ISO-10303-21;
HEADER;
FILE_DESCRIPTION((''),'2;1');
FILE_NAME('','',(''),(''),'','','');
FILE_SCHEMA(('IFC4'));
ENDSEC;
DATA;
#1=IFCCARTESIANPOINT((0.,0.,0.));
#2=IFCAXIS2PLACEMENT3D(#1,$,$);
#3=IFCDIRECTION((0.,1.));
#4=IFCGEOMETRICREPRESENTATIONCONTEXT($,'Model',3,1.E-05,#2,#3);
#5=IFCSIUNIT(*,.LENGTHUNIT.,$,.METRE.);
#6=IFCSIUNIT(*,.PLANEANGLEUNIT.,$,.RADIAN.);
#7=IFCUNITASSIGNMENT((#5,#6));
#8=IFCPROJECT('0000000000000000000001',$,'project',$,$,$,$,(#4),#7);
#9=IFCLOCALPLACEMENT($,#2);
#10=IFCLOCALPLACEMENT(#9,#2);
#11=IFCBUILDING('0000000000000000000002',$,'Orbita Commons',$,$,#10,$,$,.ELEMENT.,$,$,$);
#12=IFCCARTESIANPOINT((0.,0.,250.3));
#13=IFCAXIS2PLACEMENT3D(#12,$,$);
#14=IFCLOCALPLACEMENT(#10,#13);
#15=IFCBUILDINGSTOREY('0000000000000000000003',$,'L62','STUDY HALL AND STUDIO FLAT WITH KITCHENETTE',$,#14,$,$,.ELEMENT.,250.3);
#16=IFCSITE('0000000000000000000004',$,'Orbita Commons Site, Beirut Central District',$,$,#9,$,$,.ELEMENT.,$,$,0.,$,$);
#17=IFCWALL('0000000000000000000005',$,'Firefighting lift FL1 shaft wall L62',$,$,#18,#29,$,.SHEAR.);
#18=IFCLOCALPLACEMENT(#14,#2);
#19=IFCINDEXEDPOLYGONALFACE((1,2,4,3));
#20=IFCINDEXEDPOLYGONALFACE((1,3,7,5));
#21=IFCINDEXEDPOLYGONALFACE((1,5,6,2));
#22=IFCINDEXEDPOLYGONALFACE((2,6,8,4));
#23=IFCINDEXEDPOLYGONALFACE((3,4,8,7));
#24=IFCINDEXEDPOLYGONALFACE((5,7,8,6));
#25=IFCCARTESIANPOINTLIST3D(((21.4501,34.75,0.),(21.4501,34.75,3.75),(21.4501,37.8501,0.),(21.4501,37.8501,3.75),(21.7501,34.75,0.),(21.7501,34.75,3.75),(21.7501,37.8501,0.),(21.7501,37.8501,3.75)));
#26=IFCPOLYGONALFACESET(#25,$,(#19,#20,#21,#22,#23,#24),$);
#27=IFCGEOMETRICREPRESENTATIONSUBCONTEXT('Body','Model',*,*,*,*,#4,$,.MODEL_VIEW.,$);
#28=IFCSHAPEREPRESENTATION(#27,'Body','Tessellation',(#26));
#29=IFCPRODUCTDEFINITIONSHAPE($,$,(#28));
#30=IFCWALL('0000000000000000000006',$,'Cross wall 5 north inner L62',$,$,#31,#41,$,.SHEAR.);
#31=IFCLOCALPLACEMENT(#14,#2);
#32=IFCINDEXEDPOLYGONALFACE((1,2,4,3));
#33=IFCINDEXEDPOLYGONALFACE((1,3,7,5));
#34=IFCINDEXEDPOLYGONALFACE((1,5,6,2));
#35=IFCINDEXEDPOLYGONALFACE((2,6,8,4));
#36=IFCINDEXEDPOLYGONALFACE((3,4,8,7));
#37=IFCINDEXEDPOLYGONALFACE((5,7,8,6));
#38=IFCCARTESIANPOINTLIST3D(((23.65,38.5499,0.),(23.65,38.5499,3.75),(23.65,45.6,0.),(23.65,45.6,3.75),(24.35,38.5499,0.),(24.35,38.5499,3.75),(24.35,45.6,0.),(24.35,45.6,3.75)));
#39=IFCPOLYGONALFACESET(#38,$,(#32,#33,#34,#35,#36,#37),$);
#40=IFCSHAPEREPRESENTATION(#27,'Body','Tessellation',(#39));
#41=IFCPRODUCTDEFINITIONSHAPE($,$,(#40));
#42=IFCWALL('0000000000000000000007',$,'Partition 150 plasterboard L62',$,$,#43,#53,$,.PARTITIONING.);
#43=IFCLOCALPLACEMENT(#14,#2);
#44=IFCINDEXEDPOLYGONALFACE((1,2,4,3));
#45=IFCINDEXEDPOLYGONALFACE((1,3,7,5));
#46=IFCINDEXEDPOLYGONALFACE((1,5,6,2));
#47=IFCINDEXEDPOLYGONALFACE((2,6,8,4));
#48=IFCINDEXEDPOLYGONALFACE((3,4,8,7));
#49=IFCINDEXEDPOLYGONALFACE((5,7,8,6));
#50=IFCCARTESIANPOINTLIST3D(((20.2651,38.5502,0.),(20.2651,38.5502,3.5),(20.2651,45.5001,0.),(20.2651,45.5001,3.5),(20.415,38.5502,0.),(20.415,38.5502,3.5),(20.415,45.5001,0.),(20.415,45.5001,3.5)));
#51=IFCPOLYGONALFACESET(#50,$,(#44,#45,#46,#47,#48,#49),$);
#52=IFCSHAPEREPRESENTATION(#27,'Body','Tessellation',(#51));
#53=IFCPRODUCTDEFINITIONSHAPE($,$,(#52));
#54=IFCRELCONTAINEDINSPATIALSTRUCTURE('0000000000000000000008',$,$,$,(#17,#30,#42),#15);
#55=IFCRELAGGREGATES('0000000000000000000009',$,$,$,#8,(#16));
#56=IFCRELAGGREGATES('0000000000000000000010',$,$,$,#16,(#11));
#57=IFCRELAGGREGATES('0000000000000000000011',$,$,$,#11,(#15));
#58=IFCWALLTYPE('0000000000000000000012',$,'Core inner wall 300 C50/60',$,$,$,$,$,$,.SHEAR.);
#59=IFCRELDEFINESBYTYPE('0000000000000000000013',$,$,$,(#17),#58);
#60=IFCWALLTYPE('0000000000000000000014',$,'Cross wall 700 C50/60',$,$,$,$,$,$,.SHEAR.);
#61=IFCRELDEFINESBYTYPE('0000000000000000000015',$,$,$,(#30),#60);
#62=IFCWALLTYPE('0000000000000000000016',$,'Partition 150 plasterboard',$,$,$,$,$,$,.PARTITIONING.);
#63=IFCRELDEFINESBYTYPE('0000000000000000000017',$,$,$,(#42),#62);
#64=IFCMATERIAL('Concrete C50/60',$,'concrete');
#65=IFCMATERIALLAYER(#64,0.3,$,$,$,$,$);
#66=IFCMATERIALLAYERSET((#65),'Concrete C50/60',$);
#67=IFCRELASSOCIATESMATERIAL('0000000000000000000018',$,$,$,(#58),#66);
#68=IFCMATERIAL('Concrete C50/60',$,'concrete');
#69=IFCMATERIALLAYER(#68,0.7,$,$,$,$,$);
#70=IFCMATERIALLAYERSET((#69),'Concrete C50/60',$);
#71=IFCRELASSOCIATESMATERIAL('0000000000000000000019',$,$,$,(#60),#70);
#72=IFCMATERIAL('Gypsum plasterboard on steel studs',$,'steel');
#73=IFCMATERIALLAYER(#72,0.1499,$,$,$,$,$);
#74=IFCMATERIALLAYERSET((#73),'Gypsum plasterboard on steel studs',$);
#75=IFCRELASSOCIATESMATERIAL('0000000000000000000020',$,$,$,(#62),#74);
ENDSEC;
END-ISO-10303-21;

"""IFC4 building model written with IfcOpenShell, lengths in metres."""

from ifc_helpers import new_model, si_unit, direction, frame, frame_2d, origin, place, context, subcontext, project, spatial, rectangle, extrude, material, layer, layer_set, type_object, element, save


model = new_model("IFC4")

# Units and contexts
model_context = context("Model", 3, precision=1e-05, world=origin(), true_north=direction((0.0, 1.0)))
body_context = subcontext(model_context, "Body", "Model", "MODEL_VIEW")
ifc_project = project(units=[si_unit("LENGTHUNIT", "METRE"), si_unit("PLANEANGLEUNIT", "RADIAN")], contexts=[model_context])

# Site, building, storey
site_placement = place(None, origin())
site = spatial("IfcSite", under=ifc_project, at=site_placement, Name="Orbita Commons Site, Beirut Central District", CompositionType="ELEMENT", RefElevation=0.0)
building_placement = place(site_placement, origin())
building = spatial("IfcBuilding", under=site, at=building_placement, Name="Orbita Commons", CompositionType="ELEMENT")
storey_placement = place(building_placement, frame((0.0, 0.0, 250.3)))
storey = spatial("IfcBuildingStorey", under=building, at=storey_placement, Name="L62", Description="STUDY HALL AND STUDIO FLAT WITH KITCHENETTE", CompositionType="ELEMENT", Elevation=250.3)

# Shared definitions
ifc_material_1 = material(Name="Concrete C50/60", Category="concrete")
ifc_layer_1 = layer(ifc_material_1, 0.3)
ifc_layer_set_1 = layer_set([ifc_layer_1], Name="Concrete C50/60")
wall_type_1 = type_object("IfcWallType", Name="Core inner wall 300 C50/60", PredefinedType="SHEAR", material=ifc_layer_set_1)

# Walls
wall_1_placement = place(storey_placement, frame((21.6001, 34.75, 0.0), z_axis=(0.0, 0.0, 1.0), x_axis=(0.0, 1.0, 0.0)))
element("IfcWall", 1, at=wall_1_placement, inside=storey, type_object=wall_type_1, Name="Firefighting lift FL1 shaft wall L62", PredefinedType="SHEAR", context=body_context, shape_type="SweptSolid", body=[
    extrude(rectangle(XDim=3.1001, YDim=0.3, at=frame_2d((1.55, 0.0))), origin(), (0.0, 0.0, 1.0), 3.75),
])
ifc_material_2 = material(Name="Concrete C50/60", Category="concrete")
ifc_layer_2 = layer(ifc_material_2, 0.7)
ifc_layer_set_2 = layer_set([ifc_layer_2], Name="Concrete C50/60")
wall_type_2 = type_object("IfcWallType", Name="Cross wall 700 C50/60", PredefinedType="SHEAR", material=ifc_layer_set_2)
wall_2_placement = place(storey_placement, frame((24.0, 38.55, 0.0), z_axis=(0.0, 0.0, 1.0), x_axis=(0.0, 1.0, 0.0)))
element("IfcWall", 2, at=wall_2_placement, inside=storey, type_object=wall_type_2, Name="Cross wall 5 north inner L62", PredefinedType="SHEAR", context=body_context, shape_type="SweptSolid", body=[
    extrude(rectangle(XDim=7.05, YDim=0.7, at=frame_2d((3.5249, 0.0))), origin(), (0.0, 0.0, 1.0), 3.75),
])
ifc_material_3 = material(Name="Gypsum plasterboard on steel studs", Category="steel")
ifc_layer_3 = layer(ifc_material_3, 0.1499)
ifc_layer_set_3 = layer_set([ifc_layer_3], Name="Gypsum plasterboard on steel studs")
wall_type_3 = type_object("IfcWallType", Name="Partition 150 plasterboard", PredefinedType="PARTITIONING", material=ifc_layer_set_3)
wall_3_placement = place(storey_placement, frame((20.3401, 38.55, 0.0), z_axis=(0.0, 0.0, 1.0), x_axis=(0.0, 1.0, 0.0)))
element("IfcWall", 3, at=wall_3_placement, inside=storey, type_object=wall_type_3, Name="Partition 150 plasterboard L62", PredefinedType="PARTITIONING", context=body_context, shape_type="SweptSolid", body=[
    extrude(rectangle(XDim=6.95, YDim=0.1499, at=frame_2d((3.4751, 0.0))), origin(), (0.0, 0.0, 1.0), 3.5),
])

save(model, "model.ifc")
